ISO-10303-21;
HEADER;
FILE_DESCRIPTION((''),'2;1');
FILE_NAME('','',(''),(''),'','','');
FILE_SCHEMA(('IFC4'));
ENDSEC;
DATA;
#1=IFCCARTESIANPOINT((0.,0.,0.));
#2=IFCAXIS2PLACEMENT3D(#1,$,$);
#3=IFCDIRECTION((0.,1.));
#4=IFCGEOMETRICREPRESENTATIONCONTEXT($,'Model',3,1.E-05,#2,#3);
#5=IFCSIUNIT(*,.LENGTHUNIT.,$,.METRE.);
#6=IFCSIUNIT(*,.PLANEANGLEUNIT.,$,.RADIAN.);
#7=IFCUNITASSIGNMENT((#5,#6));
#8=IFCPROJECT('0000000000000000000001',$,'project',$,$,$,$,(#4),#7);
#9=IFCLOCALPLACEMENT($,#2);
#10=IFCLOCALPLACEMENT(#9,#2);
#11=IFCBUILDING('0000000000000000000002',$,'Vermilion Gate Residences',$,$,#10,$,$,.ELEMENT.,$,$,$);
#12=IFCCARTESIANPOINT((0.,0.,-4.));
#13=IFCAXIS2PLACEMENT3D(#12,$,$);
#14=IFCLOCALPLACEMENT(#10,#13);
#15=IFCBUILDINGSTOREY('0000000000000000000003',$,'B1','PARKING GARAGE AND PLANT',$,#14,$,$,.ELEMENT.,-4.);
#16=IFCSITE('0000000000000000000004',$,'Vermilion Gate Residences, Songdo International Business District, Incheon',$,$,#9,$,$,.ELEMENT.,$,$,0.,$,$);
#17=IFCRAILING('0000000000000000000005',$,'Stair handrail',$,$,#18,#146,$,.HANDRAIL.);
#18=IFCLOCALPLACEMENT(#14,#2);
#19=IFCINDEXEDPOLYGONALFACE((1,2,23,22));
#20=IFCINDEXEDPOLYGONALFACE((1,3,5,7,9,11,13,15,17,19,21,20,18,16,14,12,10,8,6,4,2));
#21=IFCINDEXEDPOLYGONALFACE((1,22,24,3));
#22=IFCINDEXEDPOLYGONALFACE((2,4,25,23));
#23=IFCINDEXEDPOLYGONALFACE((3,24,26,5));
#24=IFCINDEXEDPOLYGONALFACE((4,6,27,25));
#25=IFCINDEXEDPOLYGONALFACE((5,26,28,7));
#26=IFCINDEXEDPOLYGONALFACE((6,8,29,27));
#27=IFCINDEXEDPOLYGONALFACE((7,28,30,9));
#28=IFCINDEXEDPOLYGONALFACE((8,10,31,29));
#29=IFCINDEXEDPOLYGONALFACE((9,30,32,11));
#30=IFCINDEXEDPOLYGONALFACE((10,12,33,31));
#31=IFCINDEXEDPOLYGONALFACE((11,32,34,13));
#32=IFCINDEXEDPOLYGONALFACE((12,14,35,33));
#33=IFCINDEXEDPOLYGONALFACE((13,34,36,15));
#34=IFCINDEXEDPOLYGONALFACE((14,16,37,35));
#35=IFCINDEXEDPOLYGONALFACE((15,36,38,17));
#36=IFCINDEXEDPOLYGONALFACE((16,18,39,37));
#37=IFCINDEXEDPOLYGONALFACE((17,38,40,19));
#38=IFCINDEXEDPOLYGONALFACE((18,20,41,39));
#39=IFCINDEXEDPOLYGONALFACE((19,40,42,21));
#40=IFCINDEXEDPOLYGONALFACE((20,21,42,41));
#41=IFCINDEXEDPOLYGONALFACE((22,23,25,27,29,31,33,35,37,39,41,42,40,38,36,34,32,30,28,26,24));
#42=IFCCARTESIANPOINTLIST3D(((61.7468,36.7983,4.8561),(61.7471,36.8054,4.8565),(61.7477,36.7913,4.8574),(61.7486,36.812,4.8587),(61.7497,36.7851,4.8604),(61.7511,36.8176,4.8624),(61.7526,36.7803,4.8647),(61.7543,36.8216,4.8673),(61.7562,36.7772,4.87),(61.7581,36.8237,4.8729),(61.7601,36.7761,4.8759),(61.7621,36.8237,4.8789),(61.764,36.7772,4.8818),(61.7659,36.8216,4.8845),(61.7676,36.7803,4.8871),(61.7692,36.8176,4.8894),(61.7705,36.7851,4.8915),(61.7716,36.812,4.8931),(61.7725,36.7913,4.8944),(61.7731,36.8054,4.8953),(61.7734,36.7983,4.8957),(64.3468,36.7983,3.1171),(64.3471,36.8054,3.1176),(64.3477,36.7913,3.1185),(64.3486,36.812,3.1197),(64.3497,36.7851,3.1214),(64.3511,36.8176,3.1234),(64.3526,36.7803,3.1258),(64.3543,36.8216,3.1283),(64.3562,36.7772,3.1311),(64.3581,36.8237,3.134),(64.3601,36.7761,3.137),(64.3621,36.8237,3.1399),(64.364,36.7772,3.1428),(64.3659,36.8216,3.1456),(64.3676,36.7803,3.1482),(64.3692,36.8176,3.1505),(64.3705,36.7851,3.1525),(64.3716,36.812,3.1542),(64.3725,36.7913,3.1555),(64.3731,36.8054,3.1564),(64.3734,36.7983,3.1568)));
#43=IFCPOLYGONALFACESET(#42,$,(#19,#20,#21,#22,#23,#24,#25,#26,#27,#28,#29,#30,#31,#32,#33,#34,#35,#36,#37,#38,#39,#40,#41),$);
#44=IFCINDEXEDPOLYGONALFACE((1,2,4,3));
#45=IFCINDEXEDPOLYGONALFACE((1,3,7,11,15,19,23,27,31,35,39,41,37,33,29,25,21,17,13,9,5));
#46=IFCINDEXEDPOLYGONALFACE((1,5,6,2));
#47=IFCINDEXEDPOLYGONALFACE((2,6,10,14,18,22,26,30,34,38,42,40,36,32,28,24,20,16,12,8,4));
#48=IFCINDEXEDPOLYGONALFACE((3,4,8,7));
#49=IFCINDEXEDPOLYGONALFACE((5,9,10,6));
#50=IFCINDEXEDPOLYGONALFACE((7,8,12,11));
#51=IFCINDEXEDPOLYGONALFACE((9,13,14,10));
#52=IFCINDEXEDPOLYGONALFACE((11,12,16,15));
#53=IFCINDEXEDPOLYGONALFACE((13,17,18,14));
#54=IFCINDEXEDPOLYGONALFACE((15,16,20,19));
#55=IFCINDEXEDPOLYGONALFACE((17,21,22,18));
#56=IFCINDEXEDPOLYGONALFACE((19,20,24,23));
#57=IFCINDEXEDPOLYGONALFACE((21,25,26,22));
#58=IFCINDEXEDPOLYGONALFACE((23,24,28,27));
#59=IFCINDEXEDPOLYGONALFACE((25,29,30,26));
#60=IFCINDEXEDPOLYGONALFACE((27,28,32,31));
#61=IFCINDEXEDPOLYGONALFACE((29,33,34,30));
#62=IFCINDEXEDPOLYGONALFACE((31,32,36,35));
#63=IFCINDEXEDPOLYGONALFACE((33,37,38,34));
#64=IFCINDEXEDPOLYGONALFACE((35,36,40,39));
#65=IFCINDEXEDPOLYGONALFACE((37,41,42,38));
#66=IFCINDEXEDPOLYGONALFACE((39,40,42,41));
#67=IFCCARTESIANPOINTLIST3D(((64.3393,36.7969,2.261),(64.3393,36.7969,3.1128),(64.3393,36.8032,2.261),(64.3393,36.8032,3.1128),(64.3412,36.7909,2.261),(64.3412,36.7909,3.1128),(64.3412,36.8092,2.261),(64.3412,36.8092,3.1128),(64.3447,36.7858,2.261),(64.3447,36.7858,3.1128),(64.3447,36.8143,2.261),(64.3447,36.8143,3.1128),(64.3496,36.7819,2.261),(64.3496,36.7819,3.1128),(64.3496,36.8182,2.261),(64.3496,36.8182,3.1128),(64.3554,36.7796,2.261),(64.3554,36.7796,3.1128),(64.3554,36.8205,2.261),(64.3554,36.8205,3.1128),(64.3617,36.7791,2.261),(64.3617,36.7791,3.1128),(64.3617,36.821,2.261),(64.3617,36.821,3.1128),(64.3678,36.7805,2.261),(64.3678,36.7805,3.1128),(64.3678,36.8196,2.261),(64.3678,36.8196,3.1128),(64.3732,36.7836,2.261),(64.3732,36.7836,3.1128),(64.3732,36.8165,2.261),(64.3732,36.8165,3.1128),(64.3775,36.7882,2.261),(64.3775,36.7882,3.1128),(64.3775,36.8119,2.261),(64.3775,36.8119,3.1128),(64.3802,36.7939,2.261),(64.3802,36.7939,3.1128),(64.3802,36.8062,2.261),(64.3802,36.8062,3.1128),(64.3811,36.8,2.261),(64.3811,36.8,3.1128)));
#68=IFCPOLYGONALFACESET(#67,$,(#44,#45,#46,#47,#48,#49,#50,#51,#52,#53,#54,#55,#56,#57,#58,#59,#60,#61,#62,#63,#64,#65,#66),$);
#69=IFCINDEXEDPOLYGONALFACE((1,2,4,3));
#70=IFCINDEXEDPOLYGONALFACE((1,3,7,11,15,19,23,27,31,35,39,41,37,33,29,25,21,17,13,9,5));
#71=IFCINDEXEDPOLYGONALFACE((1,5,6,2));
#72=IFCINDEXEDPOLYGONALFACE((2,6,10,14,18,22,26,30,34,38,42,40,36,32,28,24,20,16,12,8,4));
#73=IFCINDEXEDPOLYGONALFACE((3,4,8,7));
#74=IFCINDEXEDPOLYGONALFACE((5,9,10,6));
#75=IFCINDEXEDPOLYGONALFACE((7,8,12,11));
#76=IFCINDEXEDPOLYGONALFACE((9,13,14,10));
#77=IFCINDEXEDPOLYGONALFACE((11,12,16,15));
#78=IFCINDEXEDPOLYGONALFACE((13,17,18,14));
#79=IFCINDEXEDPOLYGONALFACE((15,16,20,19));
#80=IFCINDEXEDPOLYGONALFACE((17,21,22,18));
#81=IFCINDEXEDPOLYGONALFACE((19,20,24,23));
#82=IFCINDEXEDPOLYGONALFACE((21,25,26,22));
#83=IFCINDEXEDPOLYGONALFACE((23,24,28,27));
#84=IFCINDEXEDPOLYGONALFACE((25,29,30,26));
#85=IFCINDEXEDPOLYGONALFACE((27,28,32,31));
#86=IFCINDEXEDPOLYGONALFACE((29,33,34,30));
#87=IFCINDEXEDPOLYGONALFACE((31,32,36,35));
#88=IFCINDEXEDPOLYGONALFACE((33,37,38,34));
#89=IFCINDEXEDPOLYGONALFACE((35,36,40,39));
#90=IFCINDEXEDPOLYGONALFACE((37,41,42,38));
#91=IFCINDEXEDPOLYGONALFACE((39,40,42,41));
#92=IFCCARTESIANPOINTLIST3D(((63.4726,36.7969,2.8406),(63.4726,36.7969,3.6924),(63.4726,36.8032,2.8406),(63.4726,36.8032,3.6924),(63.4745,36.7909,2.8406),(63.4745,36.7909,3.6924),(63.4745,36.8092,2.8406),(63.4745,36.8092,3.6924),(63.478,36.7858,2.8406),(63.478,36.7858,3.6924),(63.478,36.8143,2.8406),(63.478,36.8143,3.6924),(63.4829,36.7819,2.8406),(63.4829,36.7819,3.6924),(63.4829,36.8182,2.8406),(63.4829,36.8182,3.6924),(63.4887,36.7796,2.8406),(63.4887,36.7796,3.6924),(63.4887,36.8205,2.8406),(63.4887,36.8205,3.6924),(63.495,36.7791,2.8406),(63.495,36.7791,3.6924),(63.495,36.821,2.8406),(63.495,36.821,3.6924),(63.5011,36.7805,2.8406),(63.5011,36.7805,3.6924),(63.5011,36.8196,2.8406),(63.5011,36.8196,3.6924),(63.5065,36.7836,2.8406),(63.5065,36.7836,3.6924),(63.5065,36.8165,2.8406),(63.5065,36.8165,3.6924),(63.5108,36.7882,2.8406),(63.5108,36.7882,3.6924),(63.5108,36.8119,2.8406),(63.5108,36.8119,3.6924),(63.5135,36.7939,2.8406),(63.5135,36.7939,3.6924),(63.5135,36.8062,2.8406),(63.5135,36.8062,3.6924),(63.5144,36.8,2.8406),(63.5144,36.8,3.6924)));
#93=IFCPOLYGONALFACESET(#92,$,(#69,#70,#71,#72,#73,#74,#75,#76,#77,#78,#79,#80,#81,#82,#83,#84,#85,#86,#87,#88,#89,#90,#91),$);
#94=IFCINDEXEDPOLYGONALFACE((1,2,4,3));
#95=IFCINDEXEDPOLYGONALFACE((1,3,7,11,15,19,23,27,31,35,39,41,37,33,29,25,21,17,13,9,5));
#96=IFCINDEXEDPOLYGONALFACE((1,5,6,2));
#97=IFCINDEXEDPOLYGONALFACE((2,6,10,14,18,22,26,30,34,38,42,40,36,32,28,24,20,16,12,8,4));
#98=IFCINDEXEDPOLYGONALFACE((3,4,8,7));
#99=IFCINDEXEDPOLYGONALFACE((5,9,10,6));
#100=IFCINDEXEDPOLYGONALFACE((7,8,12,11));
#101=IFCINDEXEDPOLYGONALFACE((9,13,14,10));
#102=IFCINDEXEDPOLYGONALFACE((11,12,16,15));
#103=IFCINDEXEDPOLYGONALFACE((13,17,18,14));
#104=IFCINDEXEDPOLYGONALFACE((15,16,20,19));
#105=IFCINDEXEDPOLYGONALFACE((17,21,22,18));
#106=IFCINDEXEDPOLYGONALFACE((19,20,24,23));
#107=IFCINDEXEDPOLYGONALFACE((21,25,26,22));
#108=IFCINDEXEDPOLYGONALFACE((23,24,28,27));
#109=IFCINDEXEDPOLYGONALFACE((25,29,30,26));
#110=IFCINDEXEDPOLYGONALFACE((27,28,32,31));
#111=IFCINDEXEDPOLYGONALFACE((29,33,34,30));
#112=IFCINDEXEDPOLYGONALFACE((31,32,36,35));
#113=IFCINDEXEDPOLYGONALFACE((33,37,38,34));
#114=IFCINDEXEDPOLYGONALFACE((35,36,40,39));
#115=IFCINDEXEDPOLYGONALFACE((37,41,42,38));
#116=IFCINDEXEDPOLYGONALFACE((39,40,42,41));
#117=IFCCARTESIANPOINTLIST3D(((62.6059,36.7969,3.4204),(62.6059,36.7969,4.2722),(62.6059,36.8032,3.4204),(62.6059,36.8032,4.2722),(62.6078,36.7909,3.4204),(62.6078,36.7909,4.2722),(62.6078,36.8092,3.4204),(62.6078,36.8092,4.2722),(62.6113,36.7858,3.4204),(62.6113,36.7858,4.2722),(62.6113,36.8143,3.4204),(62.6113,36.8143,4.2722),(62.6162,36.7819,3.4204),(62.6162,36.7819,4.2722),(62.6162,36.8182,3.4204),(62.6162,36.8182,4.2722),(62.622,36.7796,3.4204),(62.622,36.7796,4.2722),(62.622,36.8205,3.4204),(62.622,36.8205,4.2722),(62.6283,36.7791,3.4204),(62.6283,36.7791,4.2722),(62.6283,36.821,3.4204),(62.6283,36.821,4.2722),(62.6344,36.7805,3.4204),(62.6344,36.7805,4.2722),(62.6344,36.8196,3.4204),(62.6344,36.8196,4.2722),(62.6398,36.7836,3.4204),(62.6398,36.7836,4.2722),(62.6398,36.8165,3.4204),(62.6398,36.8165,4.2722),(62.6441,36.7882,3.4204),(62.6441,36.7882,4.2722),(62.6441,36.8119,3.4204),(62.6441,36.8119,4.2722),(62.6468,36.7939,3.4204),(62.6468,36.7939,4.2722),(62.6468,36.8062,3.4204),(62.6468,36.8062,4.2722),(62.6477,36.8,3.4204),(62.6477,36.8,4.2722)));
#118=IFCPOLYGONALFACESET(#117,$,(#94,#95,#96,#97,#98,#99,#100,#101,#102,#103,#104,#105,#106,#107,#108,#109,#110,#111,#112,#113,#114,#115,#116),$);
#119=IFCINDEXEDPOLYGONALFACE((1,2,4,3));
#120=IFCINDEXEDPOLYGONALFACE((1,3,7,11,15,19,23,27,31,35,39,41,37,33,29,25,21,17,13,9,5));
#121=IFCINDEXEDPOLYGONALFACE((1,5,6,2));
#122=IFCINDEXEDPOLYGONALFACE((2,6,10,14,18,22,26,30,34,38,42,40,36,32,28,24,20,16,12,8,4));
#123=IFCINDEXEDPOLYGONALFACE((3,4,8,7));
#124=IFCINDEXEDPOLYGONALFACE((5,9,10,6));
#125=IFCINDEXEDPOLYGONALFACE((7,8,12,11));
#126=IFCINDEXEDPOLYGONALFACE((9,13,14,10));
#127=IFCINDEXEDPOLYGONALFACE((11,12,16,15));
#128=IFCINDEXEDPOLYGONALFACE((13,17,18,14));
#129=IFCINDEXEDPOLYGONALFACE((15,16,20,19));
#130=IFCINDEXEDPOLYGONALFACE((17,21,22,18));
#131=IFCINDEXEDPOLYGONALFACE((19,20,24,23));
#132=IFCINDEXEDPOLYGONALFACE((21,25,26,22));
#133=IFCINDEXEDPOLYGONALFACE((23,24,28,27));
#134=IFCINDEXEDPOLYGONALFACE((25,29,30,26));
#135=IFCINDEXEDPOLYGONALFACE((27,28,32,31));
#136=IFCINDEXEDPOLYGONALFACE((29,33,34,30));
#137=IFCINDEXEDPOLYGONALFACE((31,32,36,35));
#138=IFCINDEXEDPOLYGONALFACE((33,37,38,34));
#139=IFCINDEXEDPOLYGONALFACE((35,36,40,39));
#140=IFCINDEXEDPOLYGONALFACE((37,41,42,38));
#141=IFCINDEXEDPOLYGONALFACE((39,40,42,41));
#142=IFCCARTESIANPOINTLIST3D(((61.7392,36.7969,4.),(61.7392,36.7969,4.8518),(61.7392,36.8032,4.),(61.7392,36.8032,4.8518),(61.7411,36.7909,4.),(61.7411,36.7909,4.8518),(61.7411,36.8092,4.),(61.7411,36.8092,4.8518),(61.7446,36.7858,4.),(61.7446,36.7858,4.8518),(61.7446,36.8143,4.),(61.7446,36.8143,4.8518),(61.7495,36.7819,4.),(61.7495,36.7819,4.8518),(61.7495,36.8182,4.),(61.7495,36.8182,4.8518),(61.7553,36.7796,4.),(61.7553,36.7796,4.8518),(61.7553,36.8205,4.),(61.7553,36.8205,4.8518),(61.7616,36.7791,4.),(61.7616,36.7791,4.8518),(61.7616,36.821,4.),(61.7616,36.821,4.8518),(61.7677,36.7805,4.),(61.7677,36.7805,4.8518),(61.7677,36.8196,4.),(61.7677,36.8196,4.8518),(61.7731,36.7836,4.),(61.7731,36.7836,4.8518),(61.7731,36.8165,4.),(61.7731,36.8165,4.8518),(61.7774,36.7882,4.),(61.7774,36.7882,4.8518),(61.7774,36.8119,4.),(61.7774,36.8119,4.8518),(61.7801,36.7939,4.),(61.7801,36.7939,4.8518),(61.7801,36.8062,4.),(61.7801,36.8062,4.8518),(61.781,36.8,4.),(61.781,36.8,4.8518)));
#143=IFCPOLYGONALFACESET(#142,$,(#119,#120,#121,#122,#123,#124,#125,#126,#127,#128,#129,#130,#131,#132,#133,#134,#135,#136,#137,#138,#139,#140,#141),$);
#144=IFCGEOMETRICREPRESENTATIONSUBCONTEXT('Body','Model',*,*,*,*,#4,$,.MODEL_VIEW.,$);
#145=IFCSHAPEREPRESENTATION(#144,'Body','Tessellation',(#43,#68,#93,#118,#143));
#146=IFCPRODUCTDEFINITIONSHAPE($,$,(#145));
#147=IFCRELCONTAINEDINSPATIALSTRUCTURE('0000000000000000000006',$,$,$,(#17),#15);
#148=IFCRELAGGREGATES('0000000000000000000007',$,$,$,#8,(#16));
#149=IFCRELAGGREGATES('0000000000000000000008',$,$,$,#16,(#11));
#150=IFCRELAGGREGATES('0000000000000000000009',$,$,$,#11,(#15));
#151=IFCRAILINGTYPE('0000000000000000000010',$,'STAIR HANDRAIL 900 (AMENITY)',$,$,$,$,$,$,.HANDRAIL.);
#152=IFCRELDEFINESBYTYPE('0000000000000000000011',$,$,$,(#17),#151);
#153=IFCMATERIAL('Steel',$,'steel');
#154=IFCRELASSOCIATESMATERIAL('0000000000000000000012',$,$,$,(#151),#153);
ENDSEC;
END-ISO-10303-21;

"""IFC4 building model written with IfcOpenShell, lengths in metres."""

from ifc_helpers import new_model, si_unit, direction, frame, origin, origin_2d, place, context, subcontext, project, spatial, circle, extrude, material, type_object, element, save


model = new_model("IFC4")

# Units and contexts
model_context = context("Model", 3, precision=1e-05, world=origin(), true_north=direction((0.0, 1.0)))
body_context = subcontext(model_context, "Body", "Model", "MODEL_VIEW")
ifc_project = project(units=[si_unit("LENGTHUNIT", "METRE"), si_unit("PLANEANGLEUNIT", "RADIAN")], contexts=[model_context])

# Site, building, storey
site_placement = place(None, origin())
site = spatial("IfcSite", under=ifc_project, at=site_placement, Name="Vermilion Gate Residences, Songdo International Business District, Incheon", CompositionType="ELEMENT", RefElevation=0.0)
building_placement = place(site_placement, origin())
building = spatial("IfcBuilding", under=site, at=building_placement, Name="Vermilion Gate Residences", CompositionType="ELEMENT")
storey_placement = place(building_placement, frame((0.0, 0.0, -4.0)))
storey = spatial("IfcBuildingStorey", under=building, at=storey_placement, Name="B1", Description="PARKING GARAGE AND PLANT", CompositionType="ELEMENT", Elevation=-4.0)

# Railing
ifc_material_1 = material(Name="Steel", Category="steel")
railing_type = type_object("IfcRailingType", Name="STAIR HANDRAIL 900 (AMENITY)", PredefinedType="HANDRAIL", material=ifc_material_1)
railing_1_placement = place(storey_placement, frame((64.3601, 36.8, 2.261)))
element("IfcRailing", 1, at=railing_1_placement, inside=storey, type_object=railing_type, Name="Stair handrail", PredefinedType="HANDRAIL", context=body_context, shape_type="SweptSolid", body=[
    extrude(circle(Radius=0.0239, at=origin_2d()), frame((0.0, 0.0, 0.876), z_axis=(-0.831221, 0.0, 0.555942), x_axis=(0.0, -1.0, 0.0)), (0.0, 0.0, 1.0), 3.1279),
    extrude(circle(Radius=0.021, at=origin_2d()), origin(), (0.0, 0.0, 1.0), 0.8518),
    extrude(circle(Radius=0.021, at=origin_2d()), frame((-0.8667, 0.0, 0.5796)), (0.0, 0.0, 1.0), 0.8518),
    extrude(circle(Radius=0.021, at=origin_2d()), frame((-1.7334, 0.0, 1.1594)), (0.0, 0.0, 1.0), 0.8518),
    extrude(circle(Radius=0.021, at=origin_2d()), frame((-2.6001, 0.0, 1.739)), (0.0, 0.0, 1.0), 0.8518),
])

save(model, "model.ifc")
